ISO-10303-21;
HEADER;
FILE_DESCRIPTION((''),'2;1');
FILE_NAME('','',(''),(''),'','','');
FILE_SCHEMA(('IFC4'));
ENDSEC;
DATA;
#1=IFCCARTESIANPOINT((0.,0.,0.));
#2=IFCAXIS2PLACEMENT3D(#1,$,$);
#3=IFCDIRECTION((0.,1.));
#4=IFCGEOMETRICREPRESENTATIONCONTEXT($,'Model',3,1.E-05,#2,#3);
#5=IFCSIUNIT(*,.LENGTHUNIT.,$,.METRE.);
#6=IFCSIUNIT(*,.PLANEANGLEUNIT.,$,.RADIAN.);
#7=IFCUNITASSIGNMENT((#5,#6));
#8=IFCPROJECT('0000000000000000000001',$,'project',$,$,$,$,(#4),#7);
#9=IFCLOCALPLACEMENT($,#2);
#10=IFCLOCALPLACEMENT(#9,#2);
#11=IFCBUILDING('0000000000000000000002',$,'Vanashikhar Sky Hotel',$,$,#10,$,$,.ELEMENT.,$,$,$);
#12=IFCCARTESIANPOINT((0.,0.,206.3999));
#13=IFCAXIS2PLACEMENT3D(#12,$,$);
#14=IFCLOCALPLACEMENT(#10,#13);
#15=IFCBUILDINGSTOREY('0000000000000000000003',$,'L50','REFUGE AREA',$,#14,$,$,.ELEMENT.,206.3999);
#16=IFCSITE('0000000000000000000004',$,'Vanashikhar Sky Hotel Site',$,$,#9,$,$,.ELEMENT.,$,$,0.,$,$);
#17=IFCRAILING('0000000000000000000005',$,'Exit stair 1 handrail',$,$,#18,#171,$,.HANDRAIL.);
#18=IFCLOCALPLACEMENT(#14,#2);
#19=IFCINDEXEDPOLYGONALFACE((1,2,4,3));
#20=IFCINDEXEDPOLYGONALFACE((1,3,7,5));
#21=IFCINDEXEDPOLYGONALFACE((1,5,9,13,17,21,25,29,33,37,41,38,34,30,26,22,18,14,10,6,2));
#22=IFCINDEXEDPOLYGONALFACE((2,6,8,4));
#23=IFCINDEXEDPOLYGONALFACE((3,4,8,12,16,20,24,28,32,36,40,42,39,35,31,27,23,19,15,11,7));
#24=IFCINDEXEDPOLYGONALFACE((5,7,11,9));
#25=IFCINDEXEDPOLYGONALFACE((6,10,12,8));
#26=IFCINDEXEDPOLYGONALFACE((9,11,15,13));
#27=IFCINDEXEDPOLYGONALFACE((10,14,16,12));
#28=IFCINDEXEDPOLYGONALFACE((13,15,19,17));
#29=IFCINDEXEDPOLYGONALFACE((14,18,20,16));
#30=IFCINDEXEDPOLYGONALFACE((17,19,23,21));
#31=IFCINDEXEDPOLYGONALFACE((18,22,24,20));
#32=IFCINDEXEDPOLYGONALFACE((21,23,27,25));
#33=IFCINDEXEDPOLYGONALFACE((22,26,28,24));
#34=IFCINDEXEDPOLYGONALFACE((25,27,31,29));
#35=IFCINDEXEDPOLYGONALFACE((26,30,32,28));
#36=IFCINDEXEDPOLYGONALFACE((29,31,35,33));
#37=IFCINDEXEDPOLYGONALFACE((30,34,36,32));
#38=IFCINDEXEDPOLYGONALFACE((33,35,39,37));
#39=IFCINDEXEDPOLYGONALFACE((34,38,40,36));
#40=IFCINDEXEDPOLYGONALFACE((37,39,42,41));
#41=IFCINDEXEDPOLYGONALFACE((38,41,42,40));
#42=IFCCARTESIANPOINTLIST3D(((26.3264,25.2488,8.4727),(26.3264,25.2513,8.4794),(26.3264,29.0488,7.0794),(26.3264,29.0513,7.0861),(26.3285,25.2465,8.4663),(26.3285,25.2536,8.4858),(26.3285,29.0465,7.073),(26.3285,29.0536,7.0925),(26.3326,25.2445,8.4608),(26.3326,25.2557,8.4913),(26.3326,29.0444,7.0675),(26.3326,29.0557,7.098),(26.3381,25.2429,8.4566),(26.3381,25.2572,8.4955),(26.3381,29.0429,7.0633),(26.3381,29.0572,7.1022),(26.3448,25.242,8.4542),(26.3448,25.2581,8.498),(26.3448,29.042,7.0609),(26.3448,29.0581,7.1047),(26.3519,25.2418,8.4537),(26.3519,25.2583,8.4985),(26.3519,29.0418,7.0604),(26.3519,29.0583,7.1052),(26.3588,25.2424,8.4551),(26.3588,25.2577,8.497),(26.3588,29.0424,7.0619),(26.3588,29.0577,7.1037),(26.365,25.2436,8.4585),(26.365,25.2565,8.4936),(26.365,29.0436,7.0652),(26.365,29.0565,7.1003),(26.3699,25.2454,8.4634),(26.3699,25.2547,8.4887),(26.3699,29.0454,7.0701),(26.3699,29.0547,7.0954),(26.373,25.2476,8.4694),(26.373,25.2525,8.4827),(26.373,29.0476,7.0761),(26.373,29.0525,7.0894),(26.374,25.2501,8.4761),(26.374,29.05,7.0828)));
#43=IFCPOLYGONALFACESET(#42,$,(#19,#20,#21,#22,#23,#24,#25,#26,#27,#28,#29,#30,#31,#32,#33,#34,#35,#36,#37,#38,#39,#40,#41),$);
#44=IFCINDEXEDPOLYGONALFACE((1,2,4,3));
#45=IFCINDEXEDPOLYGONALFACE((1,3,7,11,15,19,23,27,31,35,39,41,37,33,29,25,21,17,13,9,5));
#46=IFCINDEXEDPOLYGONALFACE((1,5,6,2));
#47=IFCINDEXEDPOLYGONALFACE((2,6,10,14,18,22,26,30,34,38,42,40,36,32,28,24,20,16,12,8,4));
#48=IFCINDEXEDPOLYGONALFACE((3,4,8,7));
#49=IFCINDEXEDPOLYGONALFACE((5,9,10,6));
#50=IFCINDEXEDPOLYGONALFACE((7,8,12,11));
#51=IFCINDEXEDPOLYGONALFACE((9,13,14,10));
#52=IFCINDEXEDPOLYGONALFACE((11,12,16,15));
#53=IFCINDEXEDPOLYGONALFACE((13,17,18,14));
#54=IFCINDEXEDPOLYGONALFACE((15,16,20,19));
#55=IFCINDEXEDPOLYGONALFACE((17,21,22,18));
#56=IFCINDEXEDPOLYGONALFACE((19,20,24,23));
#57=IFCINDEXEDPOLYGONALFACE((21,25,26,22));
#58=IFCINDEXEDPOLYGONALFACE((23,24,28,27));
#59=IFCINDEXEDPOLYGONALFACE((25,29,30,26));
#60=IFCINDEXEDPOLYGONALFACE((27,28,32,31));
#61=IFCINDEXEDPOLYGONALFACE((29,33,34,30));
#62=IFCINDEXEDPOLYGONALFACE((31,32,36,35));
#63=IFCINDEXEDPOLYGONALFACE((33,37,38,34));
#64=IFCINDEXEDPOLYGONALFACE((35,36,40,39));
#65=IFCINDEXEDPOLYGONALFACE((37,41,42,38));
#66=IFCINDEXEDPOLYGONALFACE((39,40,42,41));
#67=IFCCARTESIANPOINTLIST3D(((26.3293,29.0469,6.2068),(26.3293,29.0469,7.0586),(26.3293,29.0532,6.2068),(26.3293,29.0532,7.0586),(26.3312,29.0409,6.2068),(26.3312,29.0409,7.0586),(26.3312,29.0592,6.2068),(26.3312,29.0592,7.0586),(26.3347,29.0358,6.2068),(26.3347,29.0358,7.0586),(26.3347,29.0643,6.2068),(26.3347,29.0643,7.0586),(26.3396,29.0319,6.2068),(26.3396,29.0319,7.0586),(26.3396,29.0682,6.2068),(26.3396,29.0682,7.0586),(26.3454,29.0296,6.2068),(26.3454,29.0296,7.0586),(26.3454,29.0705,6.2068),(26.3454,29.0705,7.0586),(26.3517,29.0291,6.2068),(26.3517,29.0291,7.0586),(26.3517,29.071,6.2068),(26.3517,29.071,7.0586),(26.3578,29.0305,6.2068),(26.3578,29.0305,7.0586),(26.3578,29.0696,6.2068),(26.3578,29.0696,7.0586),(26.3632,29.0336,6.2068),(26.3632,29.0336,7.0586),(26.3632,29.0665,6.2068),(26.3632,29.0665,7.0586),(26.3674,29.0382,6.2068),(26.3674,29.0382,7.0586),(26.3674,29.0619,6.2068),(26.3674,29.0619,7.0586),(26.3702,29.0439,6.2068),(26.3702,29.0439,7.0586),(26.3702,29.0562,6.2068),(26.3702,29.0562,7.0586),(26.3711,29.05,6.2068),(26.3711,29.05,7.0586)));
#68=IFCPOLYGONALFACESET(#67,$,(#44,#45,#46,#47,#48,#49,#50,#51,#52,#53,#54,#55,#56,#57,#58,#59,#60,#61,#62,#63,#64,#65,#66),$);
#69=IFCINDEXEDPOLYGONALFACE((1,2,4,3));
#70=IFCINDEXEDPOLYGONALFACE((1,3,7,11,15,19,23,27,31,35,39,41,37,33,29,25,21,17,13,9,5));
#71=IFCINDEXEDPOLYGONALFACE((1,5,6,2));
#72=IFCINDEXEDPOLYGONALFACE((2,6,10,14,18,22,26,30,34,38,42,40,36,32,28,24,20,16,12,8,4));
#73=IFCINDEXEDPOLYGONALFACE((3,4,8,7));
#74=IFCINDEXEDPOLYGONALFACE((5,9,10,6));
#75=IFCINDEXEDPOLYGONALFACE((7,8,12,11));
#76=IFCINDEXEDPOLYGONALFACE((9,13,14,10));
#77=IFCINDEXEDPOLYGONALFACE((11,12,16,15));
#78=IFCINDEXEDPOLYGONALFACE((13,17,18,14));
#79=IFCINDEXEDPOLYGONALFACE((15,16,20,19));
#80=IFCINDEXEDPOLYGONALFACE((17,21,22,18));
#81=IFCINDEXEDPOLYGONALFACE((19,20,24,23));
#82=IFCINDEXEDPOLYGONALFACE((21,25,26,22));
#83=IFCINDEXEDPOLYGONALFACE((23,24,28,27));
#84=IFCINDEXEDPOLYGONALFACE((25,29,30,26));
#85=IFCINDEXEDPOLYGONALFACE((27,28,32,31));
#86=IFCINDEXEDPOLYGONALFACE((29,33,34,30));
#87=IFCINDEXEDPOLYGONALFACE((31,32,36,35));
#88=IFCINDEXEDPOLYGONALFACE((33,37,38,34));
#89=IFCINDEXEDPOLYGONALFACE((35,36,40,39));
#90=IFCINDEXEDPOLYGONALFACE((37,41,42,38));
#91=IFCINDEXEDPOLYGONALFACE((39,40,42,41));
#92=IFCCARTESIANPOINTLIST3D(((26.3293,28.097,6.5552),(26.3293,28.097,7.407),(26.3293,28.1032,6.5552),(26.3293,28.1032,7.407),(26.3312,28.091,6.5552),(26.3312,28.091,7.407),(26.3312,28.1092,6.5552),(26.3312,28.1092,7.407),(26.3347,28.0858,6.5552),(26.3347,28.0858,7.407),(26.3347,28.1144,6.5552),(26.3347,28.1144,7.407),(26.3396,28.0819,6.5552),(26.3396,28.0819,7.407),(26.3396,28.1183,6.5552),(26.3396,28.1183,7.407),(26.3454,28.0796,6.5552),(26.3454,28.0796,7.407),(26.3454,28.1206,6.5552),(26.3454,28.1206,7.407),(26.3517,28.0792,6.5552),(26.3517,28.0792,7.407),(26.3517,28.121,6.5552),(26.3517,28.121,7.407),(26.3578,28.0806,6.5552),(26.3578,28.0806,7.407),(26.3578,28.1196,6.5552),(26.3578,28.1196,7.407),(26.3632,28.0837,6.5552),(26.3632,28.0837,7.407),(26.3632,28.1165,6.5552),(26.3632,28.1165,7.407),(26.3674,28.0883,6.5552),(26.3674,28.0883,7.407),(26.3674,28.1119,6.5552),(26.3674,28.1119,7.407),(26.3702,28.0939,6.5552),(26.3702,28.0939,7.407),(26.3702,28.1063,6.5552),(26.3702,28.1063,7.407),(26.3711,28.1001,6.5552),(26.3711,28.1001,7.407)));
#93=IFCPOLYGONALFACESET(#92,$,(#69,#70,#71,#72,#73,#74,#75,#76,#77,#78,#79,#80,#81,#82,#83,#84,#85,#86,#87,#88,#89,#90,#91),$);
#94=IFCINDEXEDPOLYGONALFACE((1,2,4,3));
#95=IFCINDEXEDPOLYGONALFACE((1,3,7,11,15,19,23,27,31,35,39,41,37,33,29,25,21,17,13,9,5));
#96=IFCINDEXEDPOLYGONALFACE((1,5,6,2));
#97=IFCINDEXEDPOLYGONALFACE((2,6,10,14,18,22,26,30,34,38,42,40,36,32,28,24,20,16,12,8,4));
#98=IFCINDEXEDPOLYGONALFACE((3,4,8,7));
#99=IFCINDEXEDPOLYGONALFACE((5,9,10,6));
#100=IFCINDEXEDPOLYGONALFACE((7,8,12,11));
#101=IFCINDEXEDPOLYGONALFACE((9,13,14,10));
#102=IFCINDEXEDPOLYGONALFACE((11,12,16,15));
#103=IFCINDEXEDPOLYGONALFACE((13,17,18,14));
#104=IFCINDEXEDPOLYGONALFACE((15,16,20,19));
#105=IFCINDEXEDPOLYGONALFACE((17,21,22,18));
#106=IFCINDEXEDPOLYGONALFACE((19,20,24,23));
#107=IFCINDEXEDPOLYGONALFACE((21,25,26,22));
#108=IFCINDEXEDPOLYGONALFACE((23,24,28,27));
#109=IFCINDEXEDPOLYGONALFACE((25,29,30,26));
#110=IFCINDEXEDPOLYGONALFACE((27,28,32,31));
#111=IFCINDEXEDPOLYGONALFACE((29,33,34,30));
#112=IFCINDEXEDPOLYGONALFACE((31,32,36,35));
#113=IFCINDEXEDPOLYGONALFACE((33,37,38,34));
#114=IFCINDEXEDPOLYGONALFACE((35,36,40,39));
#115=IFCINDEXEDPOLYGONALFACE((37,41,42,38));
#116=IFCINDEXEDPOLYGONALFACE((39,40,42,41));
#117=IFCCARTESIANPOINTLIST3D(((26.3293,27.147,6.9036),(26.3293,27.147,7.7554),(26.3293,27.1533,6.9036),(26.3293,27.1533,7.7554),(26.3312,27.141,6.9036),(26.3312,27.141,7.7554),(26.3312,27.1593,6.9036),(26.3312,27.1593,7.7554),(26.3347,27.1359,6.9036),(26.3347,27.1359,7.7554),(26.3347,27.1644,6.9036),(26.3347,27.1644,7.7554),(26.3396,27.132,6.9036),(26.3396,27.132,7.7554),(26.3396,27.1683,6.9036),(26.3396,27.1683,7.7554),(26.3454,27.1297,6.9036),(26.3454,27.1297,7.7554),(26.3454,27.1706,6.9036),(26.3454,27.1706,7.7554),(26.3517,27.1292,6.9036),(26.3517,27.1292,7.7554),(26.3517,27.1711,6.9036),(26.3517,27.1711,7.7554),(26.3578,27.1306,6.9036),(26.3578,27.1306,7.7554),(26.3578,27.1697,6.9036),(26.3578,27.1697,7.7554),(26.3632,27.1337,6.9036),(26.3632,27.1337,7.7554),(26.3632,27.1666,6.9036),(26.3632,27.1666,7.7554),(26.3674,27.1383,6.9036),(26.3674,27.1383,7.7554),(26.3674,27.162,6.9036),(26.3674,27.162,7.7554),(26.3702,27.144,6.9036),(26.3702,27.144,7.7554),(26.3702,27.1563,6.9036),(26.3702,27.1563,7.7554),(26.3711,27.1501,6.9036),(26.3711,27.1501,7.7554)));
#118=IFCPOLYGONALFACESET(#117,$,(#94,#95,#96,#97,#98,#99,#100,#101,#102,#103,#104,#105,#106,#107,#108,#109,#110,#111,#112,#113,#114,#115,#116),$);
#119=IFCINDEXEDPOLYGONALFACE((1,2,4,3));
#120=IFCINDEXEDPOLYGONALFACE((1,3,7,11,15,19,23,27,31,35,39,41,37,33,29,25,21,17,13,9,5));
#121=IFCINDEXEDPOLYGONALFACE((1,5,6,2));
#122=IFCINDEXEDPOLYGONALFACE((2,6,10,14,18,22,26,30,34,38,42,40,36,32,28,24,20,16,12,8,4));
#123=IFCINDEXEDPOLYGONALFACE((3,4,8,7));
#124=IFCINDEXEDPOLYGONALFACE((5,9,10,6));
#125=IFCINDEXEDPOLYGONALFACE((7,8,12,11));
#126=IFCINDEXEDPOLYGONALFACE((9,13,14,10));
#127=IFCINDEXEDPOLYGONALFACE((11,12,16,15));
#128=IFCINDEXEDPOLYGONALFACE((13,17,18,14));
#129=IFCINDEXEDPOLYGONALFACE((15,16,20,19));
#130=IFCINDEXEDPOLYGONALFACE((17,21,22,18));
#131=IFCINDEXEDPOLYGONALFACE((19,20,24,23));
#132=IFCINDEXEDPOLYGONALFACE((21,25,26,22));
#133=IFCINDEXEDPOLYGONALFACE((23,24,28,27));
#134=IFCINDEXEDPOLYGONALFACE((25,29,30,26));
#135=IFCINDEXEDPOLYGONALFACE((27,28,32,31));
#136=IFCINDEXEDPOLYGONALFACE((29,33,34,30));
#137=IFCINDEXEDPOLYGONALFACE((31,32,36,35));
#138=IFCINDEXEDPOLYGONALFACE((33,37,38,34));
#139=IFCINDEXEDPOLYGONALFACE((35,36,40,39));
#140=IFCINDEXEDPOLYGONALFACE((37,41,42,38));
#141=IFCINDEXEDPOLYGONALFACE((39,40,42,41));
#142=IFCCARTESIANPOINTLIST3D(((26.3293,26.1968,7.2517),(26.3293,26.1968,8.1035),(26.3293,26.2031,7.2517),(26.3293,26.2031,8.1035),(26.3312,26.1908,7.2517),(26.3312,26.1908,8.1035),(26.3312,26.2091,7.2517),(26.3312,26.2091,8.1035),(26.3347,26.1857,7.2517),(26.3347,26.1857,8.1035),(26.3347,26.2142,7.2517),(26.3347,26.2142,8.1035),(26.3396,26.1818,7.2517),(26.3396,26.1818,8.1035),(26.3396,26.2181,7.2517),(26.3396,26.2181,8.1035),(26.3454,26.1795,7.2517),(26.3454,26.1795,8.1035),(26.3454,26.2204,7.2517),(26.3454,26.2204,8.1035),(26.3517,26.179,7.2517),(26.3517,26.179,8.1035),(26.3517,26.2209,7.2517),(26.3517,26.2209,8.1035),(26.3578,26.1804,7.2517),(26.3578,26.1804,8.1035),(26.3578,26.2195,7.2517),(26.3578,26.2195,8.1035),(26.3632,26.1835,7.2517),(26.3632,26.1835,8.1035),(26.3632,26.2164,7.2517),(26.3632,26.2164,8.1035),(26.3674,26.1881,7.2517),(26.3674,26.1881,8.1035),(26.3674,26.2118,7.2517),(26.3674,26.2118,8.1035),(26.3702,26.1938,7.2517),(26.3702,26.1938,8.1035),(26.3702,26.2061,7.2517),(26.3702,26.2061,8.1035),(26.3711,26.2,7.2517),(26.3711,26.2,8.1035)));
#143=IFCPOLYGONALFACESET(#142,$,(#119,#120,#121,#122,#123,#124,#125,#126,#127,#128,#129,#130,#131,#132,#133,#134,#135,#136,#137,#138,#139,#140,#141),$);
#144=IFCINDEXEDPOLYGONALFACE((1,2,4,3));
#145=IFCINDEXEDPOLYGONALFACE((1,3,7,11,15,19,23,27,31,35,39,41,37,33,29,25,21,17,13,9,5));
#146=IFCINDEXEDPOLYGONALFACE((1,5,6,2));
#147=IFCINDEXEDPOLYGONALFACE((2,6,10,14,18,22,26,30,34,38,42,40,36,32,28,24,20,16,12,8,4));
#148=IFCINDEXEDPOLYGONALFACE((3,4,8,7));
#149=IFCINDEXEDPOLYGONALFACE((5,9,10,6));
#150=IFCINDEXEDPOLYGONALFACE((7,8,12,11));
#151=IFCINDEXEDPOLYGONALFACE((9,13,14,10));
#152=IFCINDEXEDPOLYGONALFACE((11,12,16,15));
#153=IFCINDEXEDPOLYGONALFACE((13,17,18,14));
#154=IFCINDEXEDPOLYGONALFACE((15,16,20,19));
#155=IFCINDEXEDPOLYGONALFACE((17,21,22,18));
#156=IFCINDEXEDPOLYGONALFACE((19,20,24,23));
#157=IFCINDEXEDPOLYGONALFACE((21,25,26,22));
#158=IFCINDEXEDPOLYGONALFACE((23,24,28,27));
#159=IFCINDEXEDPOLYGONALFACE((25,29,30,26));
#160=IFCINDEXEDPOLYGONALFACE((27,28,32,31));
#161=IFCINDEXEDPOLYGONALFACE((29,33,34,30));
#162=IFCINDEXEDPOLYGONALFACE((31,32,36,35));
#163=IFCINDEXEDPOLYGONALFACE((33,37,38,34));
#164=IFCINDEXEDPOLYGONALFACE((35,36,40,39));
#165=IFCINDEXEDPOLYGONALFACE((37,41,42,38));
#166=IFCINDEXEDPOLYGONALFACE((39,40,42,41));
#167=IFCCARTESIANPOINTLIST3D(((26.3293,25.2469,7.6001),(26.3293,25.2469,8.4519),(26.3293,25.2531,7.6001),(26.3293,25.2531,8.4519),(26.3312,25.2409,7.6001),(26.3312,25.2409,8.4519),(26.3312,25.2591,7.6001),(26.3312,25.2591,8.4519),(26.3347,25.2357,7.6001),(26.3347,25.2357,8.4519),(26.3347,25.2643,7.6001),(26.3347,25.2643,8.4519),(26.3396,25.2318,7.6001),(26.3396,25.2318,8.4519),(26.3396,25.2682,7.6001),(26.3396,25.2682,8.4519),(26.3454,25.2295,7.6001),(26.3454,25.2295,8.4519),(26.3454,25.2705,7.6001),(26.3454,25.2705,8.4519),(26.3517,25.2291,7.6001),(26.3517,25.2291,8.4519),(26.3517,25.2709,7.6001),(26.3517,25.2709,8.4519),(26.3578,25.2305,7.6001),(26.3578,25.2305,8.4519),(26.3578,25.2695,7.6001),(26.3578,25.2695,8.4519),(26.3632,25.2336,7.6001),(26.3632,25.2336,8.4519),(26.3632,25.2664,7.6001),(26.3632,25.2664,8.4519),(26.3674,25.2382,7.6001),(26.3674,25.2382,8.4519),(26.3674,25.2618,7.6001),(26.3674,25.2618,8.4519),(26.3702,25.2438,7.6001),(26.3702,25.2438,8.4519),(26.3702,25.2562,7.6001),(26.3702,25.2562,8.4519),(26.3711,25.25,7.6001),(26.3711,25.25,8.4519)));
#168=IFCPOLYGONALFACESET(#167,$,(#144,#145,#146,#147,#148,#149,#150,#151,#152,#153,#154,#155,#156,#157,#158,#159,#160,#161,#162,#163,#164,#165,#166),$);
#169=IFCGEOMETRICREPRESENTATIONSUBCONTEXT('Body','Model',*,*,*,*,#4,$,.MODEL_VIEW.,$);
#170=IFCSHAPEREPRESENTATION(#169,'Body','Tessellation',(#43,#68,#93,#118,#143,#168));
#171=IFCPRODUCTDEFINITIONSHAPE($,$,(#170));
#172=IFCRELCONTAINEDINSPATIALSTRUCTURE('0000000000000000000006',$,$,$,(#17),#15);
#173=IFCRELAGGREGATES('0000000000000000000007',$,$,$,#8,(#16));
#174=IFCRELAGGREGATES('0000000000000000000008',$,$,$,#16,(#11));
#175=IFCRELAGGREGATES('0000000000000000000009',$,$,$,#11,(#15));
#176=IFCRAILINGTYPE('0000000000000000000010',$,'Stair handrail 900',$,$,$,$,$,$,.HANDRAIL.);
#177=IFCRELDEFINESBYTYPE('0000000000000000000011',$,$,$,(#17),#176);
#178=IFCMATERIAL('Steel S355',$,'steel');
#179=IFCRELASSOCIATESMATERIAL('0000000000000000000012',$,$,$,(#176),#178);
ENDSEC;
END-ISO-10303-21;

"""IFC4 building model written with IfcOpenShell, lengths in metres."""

from ifc_helpers import new_model, si_unit, direction, frame, origin, origin_2d, place, context, subcontext, project, spatial, circle, extrude, source, transform, mapped, material, type_object, element, save


model = new_model("IFC4")

# Units and contexts
model_context = context("Model", 3, precision=1e-05, world=origin(), true_north=direction((0.0, 1.0)))
body_context = subcontext(model_context, "Body", "Model", "MODEL_VIEW")
ifc_project = project(units=[si_unit("LENGTHUNIT", "METRE"), si_unit("PLANEANGLEUNIT", "RADIAN")], contexts=[model_context])

# Site, building, storey
site_placement = place(None, origin())
site = spatial("IfcSite", under=ifc_project, at=site_placement, Name="Vanashikhar Sky Hotel Site", CompositionType="ELEMENT", RefElevation=0.0)
building_placement = place(site_placement, origin())
building = spatial("IfcBuilding", under=site, at=building_placement, Name="Vanashikhar Sky Hotel", CompositionType="ELEMENT")
storey_placement = place(building_placement, frame((0.0, 0.0, 206.3999)))
storey = spatial("IfcBuildingStorey", under=building, at=storey_placement, Name="L50", Description="REFUGE AREA", CompositionType="ELEMENT", Elevation=206.3999)

# Railing
ifc_material_1 = material(Name="Steel S355", Category="steel")
railing_type_1 = type_object("IfcRailingType", Name="Stair handrail 900", PredefinedType="HANDRAIL", material=ifc_material_1)
shared_shape_1 = source(origin(), body_context, "Body", "SweptSolid", [
    extrude(circle(Radius=0.0239, at=origin_2d()), frame((0.0, 0.0, 0.876), z_axis=(0.0, -0.93888, 0.344246), x_axis=(1.0, 0.0, 0.0)), (0.0, 0.0, 1.0), 4.0474),
    extrude(circle(Radius=0.021, at=origin_2d()), origin(), (0.0, 0.0, 1.0), 0.8518),
    extrude(circle(Radius=0.021, at=origin_2d()), frame((0.0, -0.95, 0.3484)), (0.0, 0.0, 1.0), 0.8518),
    extrude(circle(Radius=0.021, at=origin_2d()), frame((0.0, -1.8999, 0.6968)), (0.0, 0.0, 1.0), 0.8518),
    extrude(circle(Radius=0.021, at=origin_2d()), frame((0.0, -2.8501, 1.0449)), (0.0, 0.0, 1.0), 0.8518),
    extrude(circle(Radius=0.021, at=origin_2d()), frame((0.0, -3.8, 1.3933)), (0.0, 0.0, 1.0), 0.8518),
])
for number, where, name in (
    (1, (26.3501, 29.05, 6.2068), "Exit stair 1 handrail"),
):
    element("IfcRailing", number, at=place(storey_placement, frame(where)), inside=storey, type_object=railing_type_1, Name=name, PredefinedType="HANDRAIL", context=body_context, shape_type="MappedRepresentation", body=[
        mapped(shared_shape_1, transform((0.0, 0.0, 0.0), scale=1.0)),
    ])

save(model, "model.ifc")
